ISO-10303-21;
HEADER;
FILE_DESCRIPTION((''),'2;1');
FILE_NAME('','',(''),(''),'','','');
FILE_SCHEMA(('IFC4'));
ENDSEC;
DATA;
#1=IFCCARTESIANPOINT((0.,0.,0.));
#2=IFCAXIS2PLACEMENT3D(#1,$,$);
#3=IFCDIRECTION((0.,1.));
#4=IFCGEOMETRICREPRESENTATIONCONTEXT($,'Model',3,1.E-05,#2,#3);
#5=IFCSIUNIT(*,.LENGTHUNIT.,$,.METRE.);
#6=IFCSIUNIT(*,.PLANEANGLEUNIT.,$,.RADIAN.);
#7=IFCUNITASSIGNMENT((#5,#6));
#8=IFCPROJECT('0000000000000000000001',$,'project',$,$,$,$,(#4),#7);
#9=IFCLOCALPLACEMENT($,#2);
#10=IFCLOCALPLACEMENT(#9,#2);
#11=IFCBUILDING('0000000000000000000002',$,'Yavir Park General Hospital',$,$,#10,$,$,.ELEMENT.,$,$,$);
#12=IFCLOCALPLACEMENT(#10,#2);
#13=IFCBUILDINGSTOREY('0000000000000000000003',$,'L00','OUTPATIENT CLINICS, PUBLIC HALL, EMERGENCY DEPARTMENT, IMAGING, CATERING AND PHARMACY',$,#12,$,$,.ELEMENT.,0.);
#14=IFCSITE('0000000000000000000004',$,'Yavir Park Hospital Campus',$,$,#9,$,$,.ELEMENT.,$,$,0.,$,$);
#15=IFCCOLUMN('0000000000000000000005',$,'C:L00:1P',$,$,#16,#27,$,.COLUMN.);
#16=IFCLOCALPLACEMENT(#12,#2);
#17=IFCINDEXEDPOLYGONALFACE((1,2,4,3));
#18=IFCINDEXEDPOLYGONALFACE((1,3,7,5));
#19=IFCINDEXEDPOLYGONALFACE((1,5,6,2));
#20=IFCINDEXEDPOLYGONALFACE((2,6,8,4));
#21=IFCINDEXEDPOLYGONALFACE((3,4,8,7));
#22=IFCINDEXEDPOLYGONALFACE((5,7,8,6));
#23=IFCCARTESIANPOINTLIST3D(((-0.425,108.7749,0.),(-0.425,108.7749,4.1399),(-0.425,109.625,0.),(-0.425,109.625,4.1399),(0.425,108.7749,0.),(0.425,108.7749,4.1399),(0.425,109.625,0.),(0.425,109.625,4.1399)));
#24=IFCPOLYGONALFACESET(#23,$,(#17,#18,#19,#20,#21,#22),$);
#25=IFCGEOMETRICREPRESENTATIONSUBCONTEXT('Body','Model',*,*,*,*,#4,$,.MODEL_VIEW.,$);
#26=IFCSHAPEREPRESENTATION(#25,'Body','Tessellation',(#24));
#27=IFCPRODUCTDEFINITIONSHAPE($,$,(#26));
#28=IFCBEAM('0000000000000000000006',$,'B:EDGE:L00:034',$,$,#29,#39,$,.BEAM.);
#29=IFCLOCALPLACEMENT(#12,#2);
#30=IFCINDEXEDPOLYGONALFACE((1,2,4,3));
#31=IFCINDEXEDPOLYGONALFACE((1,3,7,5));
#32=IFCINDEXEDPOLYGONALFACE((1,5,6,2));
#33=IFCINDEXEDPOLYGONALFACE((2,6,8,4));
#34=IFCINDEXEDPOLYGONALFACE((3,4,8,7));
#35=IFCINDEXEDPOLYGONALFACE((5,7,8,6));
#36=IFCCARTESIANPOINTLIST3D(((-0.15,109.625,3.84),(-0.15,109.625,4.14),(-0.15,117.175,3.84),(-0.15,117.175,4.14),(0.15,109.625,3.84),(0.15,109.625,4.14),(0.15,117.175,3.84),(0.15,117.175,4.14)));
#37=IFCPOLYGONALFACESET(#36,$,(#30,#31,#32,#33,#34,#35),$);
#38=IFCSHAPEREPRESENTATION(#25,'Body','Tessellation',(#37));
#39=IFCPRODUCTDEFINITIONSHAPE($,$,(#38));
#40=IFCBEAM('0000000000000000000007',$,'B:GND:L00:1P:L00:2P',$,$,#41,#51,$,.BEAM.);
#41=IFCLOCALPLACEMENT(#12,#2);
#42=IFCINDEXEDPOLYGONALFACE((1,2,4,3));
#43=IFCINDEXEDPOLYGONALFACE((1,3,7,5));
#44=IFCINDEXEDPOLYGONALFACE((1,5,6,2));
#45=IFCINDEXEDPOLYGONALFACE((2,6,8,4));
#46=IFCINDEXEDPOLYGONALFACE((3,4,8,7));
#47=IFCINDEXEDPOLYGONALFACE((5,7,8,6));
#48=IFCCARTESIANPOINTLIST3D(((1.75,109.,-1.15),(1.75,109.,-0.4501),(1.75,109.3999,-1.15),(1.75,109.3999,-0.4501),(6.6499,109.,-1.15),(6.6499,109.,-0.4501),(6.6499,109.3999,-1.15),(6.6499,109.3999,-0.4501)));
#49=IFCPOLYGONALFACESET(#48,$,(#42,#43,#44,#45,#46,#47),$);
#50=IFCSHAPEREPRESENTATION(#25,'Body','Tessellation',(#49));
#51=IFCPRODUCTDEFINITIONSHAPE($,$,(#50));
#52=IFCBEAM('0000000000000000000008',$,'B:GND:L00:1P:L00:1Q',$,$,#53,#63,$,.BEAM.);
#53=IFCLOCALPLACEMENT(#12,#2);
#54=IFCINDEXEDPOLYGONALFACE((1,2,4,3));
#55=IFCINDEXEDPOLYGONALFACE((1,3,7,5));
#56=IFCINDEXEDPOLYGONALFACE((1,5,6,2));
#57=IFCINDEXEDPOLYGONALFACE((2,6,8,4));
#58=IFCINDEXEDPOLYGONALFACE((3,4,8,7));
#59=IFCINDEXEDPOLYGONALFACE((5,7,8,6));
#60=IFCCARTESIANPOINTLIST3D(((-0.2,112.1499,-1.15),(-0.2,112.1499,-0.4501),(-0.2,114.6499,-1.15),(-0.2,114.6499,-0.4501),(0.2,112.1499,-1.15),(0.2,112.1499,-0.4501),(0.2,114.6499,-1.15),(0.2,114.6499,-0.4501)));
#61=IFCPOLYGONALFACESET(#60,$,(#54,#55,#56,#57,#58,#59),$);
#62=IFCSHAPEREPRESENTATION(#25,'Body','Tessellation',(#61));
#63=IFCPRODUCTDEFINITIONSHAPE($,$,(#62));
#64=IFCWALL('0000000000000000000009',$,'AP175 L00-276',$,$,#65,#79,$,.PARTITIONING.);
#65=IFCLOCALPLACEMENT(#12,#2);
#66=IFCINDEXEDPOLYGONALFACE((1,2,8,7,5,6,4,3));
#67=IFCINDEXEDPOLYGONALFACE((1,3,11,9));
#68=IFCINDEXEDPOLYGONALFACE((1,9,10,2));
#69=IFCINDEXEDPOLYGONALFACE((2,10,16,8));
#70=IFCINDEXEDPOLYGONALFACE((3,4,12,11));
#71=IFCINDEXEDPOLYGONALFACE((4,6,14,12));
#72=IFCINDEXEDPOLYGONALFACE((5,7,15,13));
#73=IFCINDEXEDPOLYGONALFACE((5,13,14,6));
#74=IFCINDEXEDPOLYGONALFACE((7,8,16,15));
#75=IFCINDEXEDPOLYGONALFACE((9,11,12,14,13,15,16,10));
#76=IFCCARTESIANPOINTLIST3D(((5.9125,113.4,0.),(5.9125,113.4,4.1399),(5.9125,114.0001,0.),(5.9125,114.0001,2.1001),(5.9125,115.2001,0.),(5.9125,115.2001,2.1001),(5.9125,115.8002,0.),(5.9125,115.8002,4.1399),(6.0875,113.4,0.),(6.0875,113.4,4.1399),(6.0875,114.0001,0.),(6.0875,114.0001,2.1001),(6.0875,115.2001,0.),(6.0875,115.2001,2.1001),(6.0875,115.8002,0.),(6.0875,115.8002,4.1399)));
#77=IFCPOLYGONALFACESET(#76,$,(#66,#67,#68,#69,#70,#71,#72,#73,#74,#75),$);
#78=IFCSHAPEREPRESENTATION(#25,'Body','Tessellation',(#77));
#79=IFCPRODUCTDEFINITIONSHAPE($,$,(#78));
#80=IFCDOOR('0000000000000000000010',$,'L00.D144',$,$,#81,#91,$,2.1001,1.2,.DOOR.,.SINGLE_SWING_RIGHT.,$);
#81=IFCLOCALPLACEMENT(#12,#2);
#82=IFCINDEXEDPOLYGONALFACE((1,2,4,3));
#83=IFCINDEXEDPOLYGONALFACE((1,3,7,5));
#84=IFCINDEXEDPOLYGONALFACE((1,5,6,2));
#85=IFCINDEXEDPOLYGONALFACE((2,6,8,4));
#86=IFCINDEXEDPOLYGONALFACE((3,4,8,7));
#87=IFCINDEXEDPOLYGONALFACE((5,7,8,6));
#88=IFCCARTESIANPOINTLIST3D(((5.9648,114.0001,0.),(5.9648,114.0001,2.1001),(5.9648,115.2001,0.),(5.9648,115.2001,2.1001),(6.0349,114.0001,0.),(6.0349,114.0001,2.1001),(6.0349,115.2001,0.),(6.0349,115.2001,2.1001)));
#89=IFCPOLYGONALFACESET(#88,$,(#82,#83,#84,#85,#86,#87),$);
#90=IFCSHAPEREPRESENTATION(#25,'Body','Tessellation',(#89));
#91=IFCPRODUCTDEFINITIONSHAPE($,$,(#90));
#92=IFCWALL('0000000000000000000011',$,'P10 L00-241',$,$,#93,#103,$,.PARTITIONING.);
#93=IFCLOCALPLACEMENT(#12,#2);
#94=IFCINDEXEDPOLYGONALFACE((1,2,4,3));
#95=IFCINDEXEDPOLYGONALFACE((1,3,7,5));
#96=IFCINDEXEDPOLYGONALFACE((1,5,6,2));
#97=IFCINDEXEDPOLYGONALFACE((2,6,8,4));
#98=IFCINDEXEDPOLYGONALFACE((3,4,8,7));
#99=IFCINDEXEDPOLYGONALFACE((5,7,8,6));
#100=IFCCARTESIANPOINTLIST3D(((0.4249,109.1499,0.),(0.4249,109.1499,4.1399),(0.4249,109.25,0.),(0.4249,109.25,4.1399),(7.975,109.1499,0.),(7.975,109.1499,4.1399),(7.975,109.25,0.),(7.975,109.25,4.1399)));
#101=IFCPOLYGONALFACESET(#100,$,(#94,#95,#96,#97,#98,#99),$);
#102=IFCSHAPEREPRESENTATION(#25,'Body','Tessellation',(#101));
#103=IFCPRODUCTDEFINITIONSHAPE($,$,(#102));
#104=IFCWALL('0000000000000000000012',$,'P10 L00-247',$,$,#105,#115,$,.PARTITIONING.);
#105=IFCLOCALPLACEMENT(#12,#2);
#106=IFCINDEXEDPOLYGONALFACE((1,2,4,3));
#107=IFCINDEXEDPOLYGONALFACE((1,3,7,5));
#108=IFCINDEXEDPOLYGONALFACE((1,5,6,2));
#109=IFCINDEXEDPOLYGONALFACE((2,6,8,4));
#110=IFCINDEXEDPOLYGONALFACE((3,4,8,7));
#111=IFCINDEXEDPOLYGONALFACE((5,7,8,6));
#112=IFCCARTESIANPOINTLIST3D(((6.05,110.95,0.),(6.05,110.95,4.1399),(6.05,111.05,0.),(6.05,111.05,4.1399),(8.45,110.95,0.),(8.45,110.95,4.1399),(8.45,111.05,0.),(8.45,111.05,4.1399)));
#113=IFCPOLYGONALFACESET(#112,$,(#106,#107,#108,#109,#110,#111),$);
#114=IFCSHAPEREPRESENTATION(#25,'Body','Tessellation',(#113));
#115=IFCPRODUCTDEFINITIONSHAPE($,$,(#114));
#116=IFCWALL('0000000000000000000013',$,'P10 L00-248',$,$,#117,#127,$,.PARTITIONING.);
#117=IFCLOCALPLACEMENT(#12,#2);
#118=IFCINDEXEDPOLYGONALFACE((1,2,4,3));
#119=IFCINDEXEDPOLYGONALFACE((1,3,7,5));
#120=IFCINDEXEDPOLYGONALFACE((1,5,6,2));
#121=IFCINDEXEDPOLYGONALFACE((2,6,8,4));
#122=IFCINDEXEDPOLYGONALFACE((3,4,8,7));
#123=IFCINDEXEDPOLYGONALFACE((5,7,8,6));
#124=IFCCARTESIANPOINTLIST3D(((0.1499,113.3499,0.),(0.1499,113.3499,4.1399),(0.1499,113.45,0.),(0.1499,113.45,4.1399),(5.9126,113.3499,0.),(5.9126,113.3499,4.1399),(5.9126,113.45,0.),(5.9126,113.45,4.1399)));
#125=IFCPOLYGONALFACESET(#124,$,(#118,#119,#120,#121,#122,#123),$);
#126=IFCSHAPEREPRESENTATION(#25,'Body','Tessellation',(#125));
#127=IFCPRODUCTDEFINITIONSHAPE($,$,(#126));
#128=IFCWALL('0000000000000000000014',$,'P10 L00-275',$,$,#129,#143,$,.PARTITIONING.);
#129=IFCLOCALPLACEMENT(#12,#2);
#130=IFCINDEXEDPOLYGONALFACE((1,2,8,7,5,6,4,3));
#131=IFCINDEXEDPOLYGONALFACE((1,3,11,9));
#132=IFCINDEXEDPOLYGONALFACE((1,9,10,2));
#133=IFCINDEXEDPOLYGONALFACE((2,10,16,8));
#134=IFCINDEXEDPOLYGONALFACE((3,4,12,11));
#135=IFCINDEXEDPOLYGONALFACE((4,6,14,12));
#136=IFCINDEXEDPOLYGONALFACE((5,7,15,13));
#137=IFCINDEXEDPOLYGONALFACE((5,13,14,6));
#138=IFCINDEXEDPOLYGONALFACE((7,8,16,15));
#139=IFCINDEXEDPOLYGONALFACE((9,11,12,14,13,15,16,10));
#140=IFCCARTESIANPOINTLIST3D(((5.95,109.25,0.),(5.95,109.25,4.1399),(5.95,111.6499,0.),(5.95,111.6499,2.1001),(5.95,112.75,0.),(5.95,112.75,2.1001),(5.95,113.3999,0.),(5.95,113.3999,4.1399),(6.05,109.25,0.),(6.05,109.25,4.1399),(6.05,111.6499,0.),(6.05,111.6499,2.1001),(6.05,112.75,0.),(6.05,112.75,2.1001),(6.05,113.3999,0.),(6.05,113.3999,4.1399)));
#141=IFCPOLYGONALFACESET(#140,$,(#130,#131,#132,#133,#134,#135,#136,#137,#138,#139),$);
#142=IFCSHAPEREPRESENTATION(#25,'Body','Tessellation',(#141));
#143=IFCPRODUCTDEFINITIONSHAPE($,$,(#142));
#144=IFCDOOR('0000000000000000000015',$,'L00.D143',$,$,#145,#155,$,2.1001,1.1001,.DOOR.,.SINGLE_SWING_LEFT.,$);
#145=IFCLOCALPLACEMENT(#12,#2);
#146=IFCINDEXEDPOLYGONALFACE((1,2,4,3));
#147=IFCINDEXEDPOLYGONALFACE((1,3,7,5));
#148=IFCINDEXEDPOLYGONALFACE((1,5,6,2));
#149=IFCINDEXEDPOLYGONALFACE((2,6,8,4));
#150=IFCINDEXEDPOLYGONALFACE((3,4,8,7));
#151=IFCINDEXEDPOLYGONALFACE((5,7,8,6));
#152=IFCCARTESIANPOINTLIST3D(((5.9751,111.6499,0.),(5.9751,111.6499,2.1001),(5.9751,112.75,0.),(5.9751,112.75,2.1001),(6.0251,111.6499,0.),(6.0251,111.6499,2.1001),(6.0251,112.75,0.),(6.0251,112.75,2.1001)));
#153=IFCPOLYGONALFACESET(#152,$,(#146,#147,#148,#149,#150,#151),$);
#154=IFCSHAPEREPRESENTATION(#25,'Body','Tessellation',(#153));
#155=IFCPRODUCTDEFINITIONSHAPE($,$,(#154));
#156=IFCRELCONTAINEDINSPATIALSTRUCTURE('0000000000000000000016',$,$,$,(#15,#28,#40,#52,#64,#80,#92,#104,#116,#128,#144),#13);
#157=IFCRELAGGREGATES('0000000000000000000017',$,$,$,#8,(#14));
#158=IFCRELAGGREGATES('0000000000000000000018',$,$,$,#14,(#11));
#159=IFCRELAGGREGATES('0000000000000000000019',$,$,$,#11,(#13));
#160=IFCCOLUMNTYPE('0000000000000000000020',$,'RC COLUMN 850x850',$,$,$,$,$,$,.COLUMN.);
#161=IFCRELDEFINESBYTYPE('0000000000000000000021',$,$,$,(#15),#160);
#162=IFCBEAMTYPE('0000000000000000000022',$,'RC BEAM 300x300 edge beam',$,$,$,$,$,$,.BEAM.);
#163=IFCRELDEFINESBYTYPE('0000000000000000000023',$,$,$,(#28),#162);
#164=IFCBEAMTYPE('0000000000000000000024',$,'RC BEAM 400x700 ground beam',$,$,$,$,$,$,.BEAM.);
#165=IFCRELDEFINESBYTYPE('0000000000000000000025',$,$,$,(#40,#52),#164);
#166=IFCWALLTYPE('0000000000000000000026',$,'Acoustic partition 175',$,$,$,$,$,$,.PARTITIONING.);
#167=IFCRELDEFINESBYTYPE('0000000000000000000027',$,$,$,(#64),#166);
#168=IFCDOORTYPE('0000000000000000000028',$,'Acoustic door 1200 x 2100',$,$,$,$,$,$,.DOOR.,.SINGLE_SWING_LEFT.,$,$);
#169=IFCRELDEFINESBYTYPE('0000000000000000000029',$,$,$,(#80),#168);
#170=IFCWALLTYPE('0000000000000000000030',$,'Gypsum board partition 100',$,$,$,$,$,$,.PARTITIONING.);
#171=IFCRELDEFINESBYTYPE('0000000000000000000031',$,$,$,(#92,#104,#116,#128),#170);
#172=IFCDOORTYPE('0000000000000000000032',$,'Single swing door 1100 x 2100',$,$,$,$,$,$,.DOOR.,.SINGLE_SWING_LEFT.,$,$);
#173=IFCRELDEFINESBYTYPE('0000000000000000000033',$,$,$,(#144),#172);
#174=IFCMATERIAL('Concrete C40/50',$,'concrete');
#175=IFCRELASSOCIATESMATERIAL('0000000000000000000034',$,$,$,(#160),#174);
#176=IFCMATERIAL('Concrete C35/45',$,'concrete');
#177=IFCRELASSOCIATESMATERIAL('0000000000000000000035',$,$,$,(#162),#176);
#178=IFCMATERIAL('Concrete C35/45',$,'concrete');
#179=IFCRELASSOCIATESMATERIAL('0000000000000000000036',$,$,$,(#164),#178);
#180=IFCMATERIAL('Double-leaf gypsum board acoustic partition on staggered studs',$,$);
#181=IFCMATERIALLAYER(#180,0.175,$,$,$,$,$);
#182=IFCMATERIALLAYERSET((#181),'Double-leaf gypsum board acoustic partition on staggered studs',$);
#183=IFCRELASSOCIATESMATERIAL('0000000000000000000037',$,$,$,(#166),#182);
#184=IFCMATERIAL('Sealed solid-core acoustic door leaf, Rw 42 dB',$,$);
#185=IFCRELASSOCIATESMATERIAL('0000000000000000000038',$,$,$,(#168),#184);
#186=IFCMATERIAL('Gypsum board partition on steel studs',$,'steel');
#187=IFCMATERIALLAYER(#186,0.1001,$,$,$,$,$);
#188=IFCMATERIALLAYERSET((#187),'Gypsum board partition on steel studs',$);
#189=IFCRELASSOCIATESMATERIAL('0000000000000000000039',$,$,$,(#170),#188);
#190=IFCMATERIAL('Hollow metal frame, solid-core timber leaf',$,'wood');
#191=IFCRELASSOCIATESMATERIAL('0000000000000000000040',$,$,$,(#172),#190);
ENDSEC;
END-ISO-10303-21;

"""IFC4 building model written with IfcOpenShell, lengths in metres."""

from ifc_helpers import new_model, si_unit, direction, frame, frame_2d, origin, origin_2d, place, context, subcontext, project, spatial, rectangle, extrude, material, layer, layer_set, material_profile, profile_set, type_object, element, fill, save


model = new_model("IFC4")

# Units and contexts
model_context = context("Model", 3, precision=1e-05, world=origin(), true_north=direction((0.0, 1.0)))
body_context = subcontext(model_context, "Body", "Model", "MODEL_VIEW")
ifc_project = project(units=[si_unit("LENGTHUNIT", "METRE"), si_unit("PLANEANGLEUNIT", "RADIAN")], contexts=[model_context])

# Site, building, storey
site_placement = place(None, origin())
site = spatial("IfcSite", under=ifc_project, at=site_placement, Name="Yavir Park Hospital Campus", CompositionType="ELEMENT", RefElevation=0.0)
building_placement = place(site_placement, origin())
building = spatial("IfcBuilding", under=site, at=building_placement, Name="Yavir Park General Hospital", CompositionType="ELEMENT")
storey_placement = place(building_placement, origin())
storey = spatial("IfcBuildingStorey", under=building, at=storey_placement, Name="L00", Description="OUTPATIENT CLINICS, PUBLIC HALL, EMERGENCY DEPARTMENT, IMAGING, CATERING AND PHARMACY", CompositionType="ELEMENT", Elevation=0.0)

# Column
ifc_material_1 = material(Name="Concrete C40/50", Category="concrete")
ifc_material_profile_1 = material_profile(ifc_material_1, rectangle(XDim=0.8501, YDim=0.8501, at=origin_2d()), Name="RC850x850")
ifc_profile_set_1 = profile_set([ifc_material_profile_1], Name="Concrete C40/50")
column_type = type_object("IfcColumnType", Name="RC COLUMN 850x850", PredefinedType="COLUMN", material=ifc_profile_set_1)
column_placement = place(storey_placement, frame((0.0, 109.2, 0.0), z_axis=(0.0, 0.0, 1.0), x_axis=(1.0, 0.0, 0.0)))
element("IfcColumn", 1, at=column_placement, inside=storey, type_object=column_type, Name="C:L00:1P", PredefinedType="COLUMN", context=body_context, shape_type="SweptSolid", body=[
    extrude(rectangle(XDim=0.8501, YDim=0.8501, at=origin_2d()), origin(), (0.0, 0.0, 1.0), 4.1399),
])

# Beams
ifc_material_2 = material(Name="Concrete C35/45", Category="concrete")
ifc_material_profile_2 = material_profile(ifc_material_2, rectangle(XDim=0.3, YDim=0.3, at=origin_2d()), Name="RC300x300")
ifc_profile_set_2 = profile_set([ifc_material_profile_2], Name="Concrete C35/45")
beam_type_1 = type_object("IfcBeamType", Name="RC BEAM 300x300 edge beam", PredefinedType="BEAM", material=ifc_profile_set_2)
beam_1_placement = place(storey_placement, frame((0.0, 109.625, 3.99), z_axis=(0.0, 1.0, 0.0), x_axis=(-1.0, 0.0, 0.0)))
element("IfcBeam", 2, at=beam_1_placement, inside=storey, type_object=beam_type_1, Name="B:EDGE:L00:034", PredefinedType="BEAM", context=body_context, shape_type="SweptSolid", body=[
    extrude(rectangle(XDim=0.3, YDim=0.3, at=origin_2d()), origin(), (0.0, 0.0, 1.0), 7.55),
])
ifc_material_3 = material(Name="Concrete C35/45", Category="concrete")
ifc_material_profile_3 = material_profile(ifc_material_3, rectangle(XDim=0.3999, YDim=0.7, at=origin_2d()), Name="RC400x700")
ifc_profile_set_3 = profile_set([ifc_material_profile_3], Name="Concrete C35/45")
beam_type_2 = type_object("IfcBeamType", Name="RC BEAM 400x700 ground beam", PredefinedType="BEAM", material=ifc_profile_set_3)
beam_2_placement = place(storey_placement, frame((1.75, 109.2, -0.8), z_axis=(1.0, 0.0, 0.0), x_axis=(0.0, 1.0, 0.0)))
element("IfcBeam", 3, at=beam_2_placement, inside=storey, type_object=beam_type_2, Name="B:GND:L00:1P:L00:2P", PredefinedType="BEAM", context=body_context, shape_type="SweptSolid", body=[
    extrude(rectangle(XDim=0.3999, YDim=0.7, at=origin_2d()), origin(), (0.0, 0.0, 1.0), 4.8999),
])
beam_3_placement = place(storey_placement, frame((0.0, 112.1499, -0.8), z_axis=(0.0, 1.0, 0.0), x_axis=(-1.0, 0.0, 0.0)))
element("IfcBeam", 4, at=beam_3_placement, inside=storey, type_object=beam_type_2, Name="B:GND:L00:1P:L00:1Q", PredefinedType="BEAM", context=body_context, shape_type="SweptSolid", body=[
    extrude(rectangle(XDim=0.3999, YDim=0.7, at=origin_2d()), origin(), (0.0, 0.0, 1.0), 2.5),
])

# Wall, opening, door
ifc_material_4 = material(Name="Double-leaf gypsum board acoustic partition on staggered studs")
ifc_layer_1 = layer(ifc_material_4, 0.175)
ifc_layer_set_1 = layer_set([ifc_layer_1], Name="Double-leaf gypsum board acoustic partition on staggered studs")
wall_type_1 = type_object("IfcWallType", Name="Acoustic partition 175", PredefinedType="PARTITIONING", material=ifc_layer_set_1)
wall_1_placement = place(storey_placement, frame((6.0, 113.3999, 0.0), z_axis=(0.0, 0.0, 1.0), x_axis=(0.0, 1.0, 0.0)))
wall_1 = element("IfcWall", 5, at=wall_1_placement, inside=storey, type_object=wall_type_1, Name="AP175 L00-276", PredefinedType="PARTITIONING", context=body_context, shape_type="SweptSolid", body=[
    extrude(rectangle(XDim=2.4001, YDim=0.175, at=frame_2d((1.2002, 0.0))), origin(), (0.0, 0.0, 1.0), 4.1399),
])
opening_1_placement = place(wall_1_placement, frame((0.6001, 0.0, 0.0)))
opening_1 = element("IfcOpeningElement", 6, at=opening_1_placement, cuts=wall_1, PredefinedType="OPENING", context=body_context, shape_type="SweptSolid", body=[
    extrude(rectangle(XDim=1.2, YDim=2.1001, at=frame_2d((0.6001, 1.05))), frame((0.0, 0.0974, 0.0), z_axis=(0.0, -1.0, 0.0), x_axis=(1.0, 0.0, 0.0)), (0.0, 0.0, 1.0), 0.1951),
])
ifc_material_5 = material(Name="Sealed solid-core acoustic door leaf, Rw 42 dB")
door_type_1 = type_object("IfcDoorType", Name="Acoustic door 1200 x 2100", OperationType="SINGLE_SWING_LEFT", PredefinedType="DOOR", material=ifc_material_5)
door_1_placement = place(opening_1_placement, origin())
door_1 = element("IfcDoor", 7, at=door_1_placement, inside=storey, type_object=door_type_1, Name="L00.D144", OperationType="SINGLE_SWING_RIGHT", OverallHeight=2.1001, OverallWidth=1.2, PredefinedType="DOOR", context=body_context, shape_type="SweptSolid", body=[
    extrude(rectangle(XDim=1.2, YDim=2.1001, at=frame_2d((0.6001, 1.05))), frame((0.0, 0.0352, 0.0), z_axis=(0.0, -1.0, 0.0), x_axis=(1.0, 0.0, 0.0)), (0.0, 0.0, 1.0), 0.0701),
])
fill(opening_1, door_1)

# Walls
ifc_material_6 = material(Name="Gypsum board partition on steel studs", Category="steel")
ifc_layer_2 = layer(ifc_material_6, 0.1001)
ifc_layer_set_2 = layer_set([ifc_layer_2], Name="Gypsum board partition on steel studs")
wall_type_2 = type_object("IfcWallType", Name="Gypsum board partition 100", PredefinedType="PARTITIONING", material=ifc_layer_set_2)
wall_2_placement = place(storey_placement, frame((0.425, 109.2, 0.0), z_axis=(0.0, 0.0, 1.0), x_axis=(1.0, 0.0, 0.0)))
element("IfcWall", 8, at=wall_2_placement, inside=storey, type_object=wall_type_2, Name="P10 L00-241", PredefinedType="PARTITIONING", context=body_context, shape_type="SweptSolid", body=[
    extrude(rectangle(XDim=7.55, YDim=0.1001, at=frame_2d((3.7749, 0.0))), origin(), (0.0, 0.0, 1.0), 4.1399),
])
wall_3_placement = place(storey_placement, frame((6.05, 111.0, 0.0), z_axis=(0.0, 0.0, 1.0), x_axis=(1.0, 0.0, 0.0)))
element("IfcWall", 9, at=wall_3_placement, inside=storey, type_object=wall_type_2, Name="P10 L00-247", PredefinedType="PARTITIONING", context=body_context, shape_type="SweptSolid", body=[
    extrude(rectangle(XDim=2.3999, YDim=0.1001, at=frame_2d((1.2, 0.0))), origin(), (0.0, 0.0, 1.0), 4.1399),
])
wall_4_placement = place(storey_placement, frame((0.1499, 113.3999, 0.0), z_axis=(0.0, 0.0, 1.0), x_axis=(1.0, 0.0, 0.0)))
element("IfcWall", 10, at=wall_4_placement, inside=storey, type_object=wall_type_2, Name="P10 L00-248", PredefinedType="PARTITIONING", context=body_context, shape_type="SweptSolid", body=[
    extrude(rectangle(XDim=5.7627, YDim=0.1001, at=frame_2d((2.8813, 0.0))), origin(), (0.0, 0.0, 1.0), 4.1399),
])

# Wall, opening, door
wall_5_placement = place(storey_placement, frame((6.0, 109.25, 0.0), z_axis=(0.0, 0.0, 1.0), x_axis=(0.0, 1.0, 0.0)))
wall_5 = element("IfcWall", 11, at=wall_5_placement, inside=storey, type_object=wall_type_2, Name="P10 L00-275", PredefinedType="PARTITIONING", context=body_context, shape_type="SweptSolid", body=[
    extrude(rectangle(XDim=4.1499, YDim=0.1001, at=frame_2d((2.075, 0.0))), origin(), (0.0, 0.0, 1.0), 4.1399),
])
opening_2_placement = place(wall_5_placement, frame((2.3999, 0.0, 0.0)))
opening_2 = element("IfcOpeningElement", 12, at=opening_2_placement, cuts=wall_5, PredefinedType="OPENING", context=body_context, shape_type="SweptSolid", body=[
    extrude(rectangle(XDim=1.1001, YDim=2.1001, at=frame_2d((0.55, 1.05))), frame((0.0, 0.0601, 0.0), z_axis=(0.0, -1.0, 0.0), x_axis=(1.0, 0.0, 0.0)), (0.0, 0.0, 1.0), 0.1201),
])
ifc_material_7 = material(Name="Hollow metal frame, solid-core timber leaf", Category="wood")
door_type_2 = type_object("IfcDoorType", Name="Single swing door 1100 x 2100", OperationType="SINGLE_SWING_LEFT", PredefinedType="DOOR", material=ifc_material_7)
door_2_placement = place(opening_2_placement, origin())
door_2 = element("IfcDoor", 13, at=door_2_placement, inside=storey, type_object=door_type_2, Name="L00.D143", OperationType="SINGLE_SWING_LEFT", OverallHeight=2.1001, OverallWidth=1.1001, PredefinedType="DOOR", context=body_context, shape_type="SweptSolid", body=[
    extrude(rectangle(XDim=1.1001, YDim=2.1001, at=frame_2d((0.55, 1.05))), frame((0.0, 0.0249, 0.0), z_axis=(0.0, -1.0, 0.0), x_axis=(1.0, 0.0, 0.0)), (0.0, 0.0, 1.0), 0.05),
])
fill(opening_2, door_2)

save(model, "model.ifc")
